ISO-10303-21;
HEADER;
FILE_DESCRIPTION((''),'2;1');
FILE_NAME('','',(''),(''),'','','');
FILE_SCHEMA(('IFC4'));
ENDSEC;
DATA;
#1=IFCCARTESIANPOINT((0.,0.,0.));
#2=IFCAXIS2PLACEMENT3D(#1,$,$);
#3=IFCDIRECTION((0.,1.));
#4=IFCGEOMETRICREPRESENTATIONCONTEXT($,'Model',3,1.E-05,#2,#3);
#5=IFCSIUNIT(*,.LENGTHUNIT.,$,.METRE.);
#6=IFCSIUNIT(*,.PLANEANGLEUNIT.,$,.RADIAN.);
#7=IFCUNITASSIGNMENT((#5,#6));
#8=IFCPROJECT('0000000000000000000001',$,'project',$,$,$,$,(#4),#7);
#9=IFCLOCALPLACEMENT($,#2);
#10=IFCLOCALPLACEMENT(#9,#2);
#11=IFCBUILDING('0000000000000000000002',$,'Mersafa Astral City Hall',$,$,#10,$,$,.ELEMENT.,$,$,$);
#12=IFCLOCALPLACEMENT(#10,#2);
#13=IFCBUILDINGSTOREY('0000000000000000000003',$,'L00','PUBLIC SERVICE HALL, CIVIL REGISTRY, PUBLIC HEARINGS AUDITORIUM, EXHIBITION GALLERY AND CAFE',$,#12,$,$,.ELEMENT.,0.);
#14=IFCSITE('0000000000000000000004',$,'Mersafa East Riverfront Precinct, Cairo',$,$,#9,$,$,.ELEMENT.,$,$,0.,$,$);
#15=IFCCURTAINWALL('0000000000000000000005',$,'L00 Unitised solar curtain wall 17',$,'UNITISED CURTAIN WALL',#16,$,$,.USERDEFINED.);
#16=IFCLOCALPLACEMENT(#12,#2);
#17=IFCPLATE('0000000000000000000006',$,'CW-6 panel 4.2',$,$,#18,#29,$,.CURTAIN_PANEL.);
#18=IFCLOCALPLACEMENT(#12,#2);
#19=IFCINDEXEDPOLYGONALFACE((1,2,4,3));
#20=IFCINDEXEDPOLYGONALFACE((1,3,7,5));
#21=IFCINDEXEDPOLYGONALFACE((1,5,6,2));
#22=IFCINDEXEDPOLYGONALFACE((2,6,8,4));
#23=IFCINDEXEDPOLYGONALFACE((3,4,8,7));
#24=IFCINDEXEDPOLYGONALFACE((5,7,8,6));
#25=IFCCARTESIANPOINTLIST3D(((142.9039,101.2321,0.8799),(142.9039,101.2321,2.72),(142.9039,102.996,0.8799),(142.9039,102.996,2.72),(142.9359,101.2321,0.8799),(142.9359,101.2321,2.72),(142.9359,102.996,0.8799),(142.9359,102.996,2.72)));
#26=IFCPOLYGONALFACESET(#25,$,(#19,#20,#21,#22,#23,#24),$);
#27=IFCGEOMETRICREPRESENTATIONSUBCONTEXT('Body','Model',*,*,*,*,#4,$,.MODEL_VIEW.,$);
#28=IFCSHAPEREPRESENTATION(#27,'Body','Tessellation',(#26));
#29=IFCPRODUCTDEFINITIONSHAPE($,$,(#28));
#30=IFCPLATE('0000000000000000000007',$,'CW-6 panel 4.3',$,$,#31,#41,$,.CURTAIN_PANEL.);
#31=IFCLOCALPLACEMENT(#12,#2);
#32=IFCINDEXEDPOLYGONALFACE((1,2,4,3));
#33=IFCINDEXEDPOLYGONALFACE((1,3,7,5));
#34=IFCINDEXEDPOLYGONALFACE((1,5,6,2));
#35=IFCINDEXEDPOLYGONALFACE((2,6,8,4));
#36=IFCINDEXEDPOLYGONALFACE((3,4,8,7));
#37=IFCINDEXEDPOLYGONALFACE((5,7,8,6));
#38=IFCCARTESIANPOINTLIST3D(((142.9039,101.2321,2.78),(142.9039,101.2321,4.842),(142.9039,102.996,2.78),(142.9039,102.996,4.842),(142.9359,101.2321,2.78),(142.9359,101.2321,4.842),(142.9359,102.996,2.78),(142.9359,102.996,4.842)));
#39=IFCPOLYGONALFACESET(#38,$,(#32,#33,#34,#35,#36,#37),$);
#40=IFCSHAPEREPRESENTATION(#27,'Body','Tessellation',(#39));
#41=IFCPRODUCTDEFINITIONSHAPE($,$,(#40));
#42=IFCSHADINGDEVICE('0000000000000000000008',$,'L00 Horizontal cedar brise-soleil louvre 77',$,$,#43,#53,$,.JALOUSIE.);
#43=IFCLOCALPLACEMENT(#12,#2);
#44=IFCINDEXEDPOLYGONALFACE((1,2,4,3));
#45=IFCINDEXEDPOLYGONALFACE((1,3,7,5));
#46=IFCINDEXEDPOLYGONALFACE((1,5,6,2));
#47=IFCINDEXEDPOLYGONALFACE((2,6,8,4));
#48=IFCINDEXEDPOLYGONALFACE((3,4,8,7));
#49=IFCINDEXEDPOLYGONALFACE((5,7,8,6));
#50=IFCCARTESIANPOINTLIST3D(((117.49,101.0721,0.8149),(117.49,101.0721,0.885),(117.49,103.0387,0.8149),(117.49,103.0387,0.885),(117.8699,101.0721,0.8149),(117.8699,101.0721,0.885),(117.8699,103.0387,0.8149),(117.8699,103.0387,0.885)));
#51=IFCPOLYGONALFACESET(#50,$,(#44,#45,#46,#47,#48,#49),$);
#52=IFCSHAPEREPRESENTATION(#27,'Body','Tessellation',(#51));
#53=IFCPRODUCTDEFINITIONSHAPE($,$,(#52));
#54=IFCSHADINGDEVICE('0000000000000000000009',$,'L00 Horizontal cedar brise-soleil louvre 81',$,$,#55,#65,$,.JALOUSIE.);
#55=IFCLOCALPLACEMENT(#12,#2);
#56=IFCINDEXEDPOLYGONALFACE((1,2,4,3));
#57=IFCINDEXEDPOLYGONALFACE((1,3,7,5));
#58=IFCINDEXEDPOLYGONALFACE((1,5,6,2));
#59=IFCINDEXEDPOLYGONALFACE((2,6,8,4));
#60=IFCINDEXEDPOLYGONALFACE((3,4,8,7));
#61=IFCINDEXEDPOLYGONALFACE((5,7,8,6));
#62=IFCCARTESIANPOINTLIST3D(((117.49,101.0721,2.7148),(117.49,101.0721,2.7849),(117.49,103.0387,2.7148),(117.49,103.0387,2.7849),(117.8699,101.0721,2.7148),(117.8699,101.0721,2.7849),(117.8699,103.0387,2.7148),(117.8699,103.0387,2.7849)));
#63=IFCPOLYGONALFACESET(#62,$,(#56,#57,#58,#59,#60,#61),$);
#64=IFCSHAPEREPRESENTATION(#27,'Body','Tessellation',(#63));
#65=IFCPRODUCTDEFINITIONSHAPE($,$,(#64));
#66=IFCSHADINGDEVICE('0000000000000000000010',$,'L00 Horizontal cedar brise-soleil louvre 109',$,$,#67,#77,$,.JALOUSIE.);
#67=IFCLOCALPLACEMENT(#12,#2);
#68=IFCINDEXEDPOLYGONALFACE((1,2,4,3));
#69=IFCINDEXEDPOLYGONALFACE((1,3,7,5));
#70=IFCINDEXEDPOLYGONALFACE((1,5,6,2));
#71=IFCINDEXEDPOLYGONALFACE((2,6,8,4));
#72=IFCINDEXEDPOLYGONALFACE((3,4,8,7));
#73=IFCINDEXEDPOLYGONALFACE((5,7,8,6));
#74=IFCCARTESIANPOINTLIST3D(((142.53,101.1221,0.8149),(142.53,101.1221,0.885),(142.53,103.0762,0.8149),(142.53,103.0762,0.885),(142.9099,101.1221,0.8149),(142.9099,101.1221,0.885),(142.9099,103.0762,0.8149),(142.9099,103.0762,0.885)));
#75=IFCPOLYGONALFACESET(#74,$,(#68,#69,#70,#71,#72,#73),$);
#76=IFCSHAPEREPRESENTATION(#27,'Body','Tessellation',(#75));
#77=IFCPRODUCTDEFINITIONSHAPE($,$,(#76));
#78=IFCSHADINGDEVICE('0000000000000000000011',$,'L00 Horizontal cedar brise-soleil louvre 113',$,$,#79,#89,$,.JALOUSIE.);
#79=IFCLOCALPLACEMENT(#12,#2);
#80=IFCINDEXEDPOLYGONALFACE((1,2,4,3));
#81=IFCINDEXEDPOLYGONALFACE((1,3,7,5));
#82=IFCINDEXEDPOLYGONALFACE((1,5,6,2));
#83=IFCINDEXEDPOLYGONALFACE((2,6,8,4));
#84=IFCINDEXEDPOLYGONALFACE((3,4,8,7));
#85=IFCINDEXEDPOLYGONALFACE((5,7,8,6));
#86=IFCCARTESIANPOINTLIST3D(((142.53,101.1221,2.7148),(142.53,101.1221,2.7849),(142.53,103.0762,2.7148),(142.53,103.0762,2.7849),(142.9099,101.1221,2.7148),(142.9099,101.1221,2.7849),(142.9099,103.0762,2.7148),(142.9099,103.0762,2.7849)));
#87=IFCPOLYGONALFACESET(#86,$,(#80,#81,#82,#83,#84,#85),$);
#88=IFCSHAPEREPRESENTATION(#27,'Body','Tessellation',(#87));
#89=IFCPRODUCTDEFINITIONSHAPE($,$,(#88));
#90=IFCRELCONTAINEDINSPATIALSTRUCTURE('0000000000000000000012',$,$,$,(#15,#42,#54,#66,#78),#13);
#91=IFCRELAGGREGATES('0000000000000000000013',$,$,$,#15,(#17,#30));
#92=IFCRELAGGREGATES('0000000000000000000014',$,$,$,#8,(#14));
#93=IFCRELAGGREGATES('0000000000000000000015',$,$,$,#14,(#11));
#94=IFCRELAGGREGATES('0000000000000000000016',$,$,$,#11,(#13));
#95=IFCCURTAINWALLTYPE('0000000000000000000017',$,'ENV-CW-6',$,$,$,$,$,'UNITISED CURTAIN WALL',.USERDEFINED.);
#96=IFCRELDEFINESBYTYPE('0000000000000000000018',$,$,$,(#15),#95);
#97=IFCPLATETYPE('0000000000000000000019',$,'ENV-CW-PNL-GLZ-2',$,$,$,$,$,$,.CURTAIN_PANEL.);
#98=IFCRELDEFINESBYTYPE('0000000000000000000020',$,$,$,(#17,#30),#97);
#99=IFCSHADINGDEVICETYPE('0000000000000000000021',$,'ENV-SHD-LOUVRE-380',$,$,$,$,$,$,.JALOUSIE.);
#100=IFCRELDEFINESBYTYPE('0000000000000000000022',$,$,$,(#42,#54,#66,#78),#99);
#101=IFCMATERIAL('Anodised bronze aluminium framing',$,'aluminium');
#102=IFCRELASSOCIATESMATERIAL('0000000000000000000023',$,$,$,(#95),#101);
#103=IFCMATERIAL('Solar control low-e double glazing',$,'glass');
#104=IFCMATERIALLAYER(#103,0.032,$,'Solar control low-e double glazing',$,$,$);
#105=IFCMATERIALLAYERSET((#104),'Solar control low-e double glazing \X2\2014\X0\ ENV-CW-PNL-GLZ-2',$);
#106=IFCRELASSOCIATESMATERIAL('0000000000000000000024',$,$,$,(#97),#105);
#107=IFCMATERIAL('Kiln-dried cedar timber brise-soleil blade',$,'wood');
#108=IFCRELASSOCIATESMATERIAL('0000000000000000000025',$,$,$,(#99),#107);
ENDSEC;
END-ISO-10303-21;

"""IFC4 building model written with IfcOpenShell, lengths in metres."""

from ifc_helpers import new_model, si_unit, direction, frame, origin, origin_2d, place, context, subcontext, project, spatial, rectangle, extrude, material, layer, layer_set, type_object, element, aggregate, save


model = new_model("IFC4")

# Units and contexts
model_context = context("Model", 3, precision=1e-05, world=origin(), true_north=direction((0.0, 1.0)))
body_context = subcontext(model_context, "Body", "Model", "MODEL_VIEW")
ifc_project = project(units=[si_unit("LENGTHUNIT", "METRE"), si_unit("PLANEANGLEUNIT", "RADIAN")], contexts=[model_context])

# Site, building, storey
site_placement = place(None, origin())
site = spatial("IfcSite", under=ifc_project, at=site_placement, Name="Mersafa East Riverfront Precinct, Cairo", CompositionType="ELEMENT", RefElevation=0.0)
building_placement = place(site_placement, origin())
building = spatial("IfcBuilding", under=site, at=building_placement, Name="Mersafa Astral City Hall", CompositionType="ELEMENT")
storey_placement = place(building_placement, origin())
storey = spatial("IfcBuildingStorey", under=building, at=storey_placement, Name="L00", Description="PUBLIC SERVICE HALL, CIVIL REGISTRY, PUBLIC HEARINGS AUDITORIUM, EXHIBITION GALLERY AND CAFE", CompositionType="ELEMENT", Elevation=0.0)

# Curtain wall
ifc_material_1 = material(Name="Anodised bronze aluminium framing", Category="aluminium")
curtain_wall_type_1 = type_object("IfcCurtainWallType", Name="ENV-CW-6", ElementType="UNITISED CURTAIN WALL", PredefinedType="USERDEFINED", material=ifc_material_1)
curtain_wall_1_placement = place(storey_placement, origin())
curtain_wall_1 = element("IfcCurtainWall", 1, at=curtain_wall_1_placement, inside=storey, type_object=curtain_wall_type_1, Name="L00 Unitised solar curtain wall 17", ObjectType="UNITISED CURTAIN WALL", PredefinedType="USERDEFINED")

# Plates
ifc_material_2 = material(Name="Solar control low-e double glazing", Category="glass")
ifc_layer = layer(ifc_material_2, 0.032, Name="Solar control low-e double glazing")
ifc_layer_set = layer_set([ifc_layer], Name="Solar control low-e double glazing — ENV-CW-PNL-GLZ-2")
plate_type = type_object("IfcPlateType", Name="ENV-CW-PNL-GLZ-2", PredefinedType="CURTAIN_PANEL", material=ifc_layer_set)
plate_1_placement = place(storey_placement, frame((142.9199, 102.114, 0.8799), z_axis=(0.0, 0.0, 1.0), x_axis=(0.0, -1.0, 0.0)))
plate_1 = element("IfcPlate", 2, at=plate_1_placement, type_object=plate_type, Name="CW-6 panel 4.2", PredefinedType="CURTAIN_PANEL", context=body_context, shape_type="SweptSolid", body=[
    extrude(rectangle(XDim=1.7639, YDim=0.032, at=origin_2d()), origin(), (0.0, 0.0, 1.0), 1.8401),
])
plate_2_placement = place(storey_placement, frame((142.9199, 102.114, 2.78), z_axis=(0.0, 0.0, 1.0), x_axis=(0.0, -1.0, 0.0)))
plate_2 = element("IfcPlate", 3, at=plate_2_placement, type_object=plate_type, Name="CW-6 panel 4.3", PredefinedType="CURTAIN_PANEL", context=body_context, shape_type="SweptSolid", body=[
    extrude(rectangle(XDim=1.7639, YDim=0.032, at=origin_2d()), origin(), (0.0, 0.0, 1.0), 2.062),
])
aggregate(curtain_wall_1, [plate_1, plate_2])

# Shading devices
ifc_material_3 = material(Name="Kiln-dried cedar timber brise-soleil blade", Category="wood")
shading_device_type = type_object("IfcShadingDeviceType", Name="ENV-SHD-LOUVRE-380", PredefinedType="JALOUSIE", material=ifc_material_3)
for number, where, z_axis, x_axis, name in (
    (4, (117.6799, 102.0554, 0.8149), (0.0, 0.0, 1.0), (0.0, 1.0, 0.0), "L00 Horizontal cedar brise-soleil louvre 77"),
    (5, (117.6799, 102.0554, 2.7148), (0.0, 0.0, 1.0), (0.0, 1.0, 0.0), "L00 Horizontal cedar brise-soleil louvre 81"),
):
    element("IfcShadingDevice", number, at=place(storey_placement, frame(where, z_axis=z_axis, x_axis=x_axis)), inside=storey, type_object=shading_device_type, Name=name, PredefinedType="JALOUSIE", context=body_context, shape_type="SweptSolid", body=[
        extrude(rectangle(XDim=1.9666, YDim=0.3799, at=origin_2d()), origin(), (0.0, 0.0, 1.0), 0.0701),
    ])
for number, where, z_axis, x_axis, name in (
    (6, (142.72, 102.0991, 0.8149), (0.0, 0.0, 1.0), (0.0, -1.0, 0.0), "L00 Horizontal cedar brise-soleil louvre 109"),
    (7, (142.72, 102.0991, 2.7148), (0.0, 0.0, 1.0), (0.0, -1.0, 0.0), "L00 Horizontal cedar brise-soleil louvre 113"),
):
    element("IfcShadingDevice", number, at=place(storey_placement, frame(where, z_axis=z_axis, x_axis=x_axis)), inside=storey, type_object=shading_device_type, Name=name, PredefinedType="JALOUSIE", context=body_context, shape_type="SweptSolid", body=[
        extrude(rectangle(XDim=1.9541, YDim=0.3799, at=origin_2d()), origin(), (0.0, 0.0, 1.0), 0.0701),
    ])

save(model, "model.ifc")
